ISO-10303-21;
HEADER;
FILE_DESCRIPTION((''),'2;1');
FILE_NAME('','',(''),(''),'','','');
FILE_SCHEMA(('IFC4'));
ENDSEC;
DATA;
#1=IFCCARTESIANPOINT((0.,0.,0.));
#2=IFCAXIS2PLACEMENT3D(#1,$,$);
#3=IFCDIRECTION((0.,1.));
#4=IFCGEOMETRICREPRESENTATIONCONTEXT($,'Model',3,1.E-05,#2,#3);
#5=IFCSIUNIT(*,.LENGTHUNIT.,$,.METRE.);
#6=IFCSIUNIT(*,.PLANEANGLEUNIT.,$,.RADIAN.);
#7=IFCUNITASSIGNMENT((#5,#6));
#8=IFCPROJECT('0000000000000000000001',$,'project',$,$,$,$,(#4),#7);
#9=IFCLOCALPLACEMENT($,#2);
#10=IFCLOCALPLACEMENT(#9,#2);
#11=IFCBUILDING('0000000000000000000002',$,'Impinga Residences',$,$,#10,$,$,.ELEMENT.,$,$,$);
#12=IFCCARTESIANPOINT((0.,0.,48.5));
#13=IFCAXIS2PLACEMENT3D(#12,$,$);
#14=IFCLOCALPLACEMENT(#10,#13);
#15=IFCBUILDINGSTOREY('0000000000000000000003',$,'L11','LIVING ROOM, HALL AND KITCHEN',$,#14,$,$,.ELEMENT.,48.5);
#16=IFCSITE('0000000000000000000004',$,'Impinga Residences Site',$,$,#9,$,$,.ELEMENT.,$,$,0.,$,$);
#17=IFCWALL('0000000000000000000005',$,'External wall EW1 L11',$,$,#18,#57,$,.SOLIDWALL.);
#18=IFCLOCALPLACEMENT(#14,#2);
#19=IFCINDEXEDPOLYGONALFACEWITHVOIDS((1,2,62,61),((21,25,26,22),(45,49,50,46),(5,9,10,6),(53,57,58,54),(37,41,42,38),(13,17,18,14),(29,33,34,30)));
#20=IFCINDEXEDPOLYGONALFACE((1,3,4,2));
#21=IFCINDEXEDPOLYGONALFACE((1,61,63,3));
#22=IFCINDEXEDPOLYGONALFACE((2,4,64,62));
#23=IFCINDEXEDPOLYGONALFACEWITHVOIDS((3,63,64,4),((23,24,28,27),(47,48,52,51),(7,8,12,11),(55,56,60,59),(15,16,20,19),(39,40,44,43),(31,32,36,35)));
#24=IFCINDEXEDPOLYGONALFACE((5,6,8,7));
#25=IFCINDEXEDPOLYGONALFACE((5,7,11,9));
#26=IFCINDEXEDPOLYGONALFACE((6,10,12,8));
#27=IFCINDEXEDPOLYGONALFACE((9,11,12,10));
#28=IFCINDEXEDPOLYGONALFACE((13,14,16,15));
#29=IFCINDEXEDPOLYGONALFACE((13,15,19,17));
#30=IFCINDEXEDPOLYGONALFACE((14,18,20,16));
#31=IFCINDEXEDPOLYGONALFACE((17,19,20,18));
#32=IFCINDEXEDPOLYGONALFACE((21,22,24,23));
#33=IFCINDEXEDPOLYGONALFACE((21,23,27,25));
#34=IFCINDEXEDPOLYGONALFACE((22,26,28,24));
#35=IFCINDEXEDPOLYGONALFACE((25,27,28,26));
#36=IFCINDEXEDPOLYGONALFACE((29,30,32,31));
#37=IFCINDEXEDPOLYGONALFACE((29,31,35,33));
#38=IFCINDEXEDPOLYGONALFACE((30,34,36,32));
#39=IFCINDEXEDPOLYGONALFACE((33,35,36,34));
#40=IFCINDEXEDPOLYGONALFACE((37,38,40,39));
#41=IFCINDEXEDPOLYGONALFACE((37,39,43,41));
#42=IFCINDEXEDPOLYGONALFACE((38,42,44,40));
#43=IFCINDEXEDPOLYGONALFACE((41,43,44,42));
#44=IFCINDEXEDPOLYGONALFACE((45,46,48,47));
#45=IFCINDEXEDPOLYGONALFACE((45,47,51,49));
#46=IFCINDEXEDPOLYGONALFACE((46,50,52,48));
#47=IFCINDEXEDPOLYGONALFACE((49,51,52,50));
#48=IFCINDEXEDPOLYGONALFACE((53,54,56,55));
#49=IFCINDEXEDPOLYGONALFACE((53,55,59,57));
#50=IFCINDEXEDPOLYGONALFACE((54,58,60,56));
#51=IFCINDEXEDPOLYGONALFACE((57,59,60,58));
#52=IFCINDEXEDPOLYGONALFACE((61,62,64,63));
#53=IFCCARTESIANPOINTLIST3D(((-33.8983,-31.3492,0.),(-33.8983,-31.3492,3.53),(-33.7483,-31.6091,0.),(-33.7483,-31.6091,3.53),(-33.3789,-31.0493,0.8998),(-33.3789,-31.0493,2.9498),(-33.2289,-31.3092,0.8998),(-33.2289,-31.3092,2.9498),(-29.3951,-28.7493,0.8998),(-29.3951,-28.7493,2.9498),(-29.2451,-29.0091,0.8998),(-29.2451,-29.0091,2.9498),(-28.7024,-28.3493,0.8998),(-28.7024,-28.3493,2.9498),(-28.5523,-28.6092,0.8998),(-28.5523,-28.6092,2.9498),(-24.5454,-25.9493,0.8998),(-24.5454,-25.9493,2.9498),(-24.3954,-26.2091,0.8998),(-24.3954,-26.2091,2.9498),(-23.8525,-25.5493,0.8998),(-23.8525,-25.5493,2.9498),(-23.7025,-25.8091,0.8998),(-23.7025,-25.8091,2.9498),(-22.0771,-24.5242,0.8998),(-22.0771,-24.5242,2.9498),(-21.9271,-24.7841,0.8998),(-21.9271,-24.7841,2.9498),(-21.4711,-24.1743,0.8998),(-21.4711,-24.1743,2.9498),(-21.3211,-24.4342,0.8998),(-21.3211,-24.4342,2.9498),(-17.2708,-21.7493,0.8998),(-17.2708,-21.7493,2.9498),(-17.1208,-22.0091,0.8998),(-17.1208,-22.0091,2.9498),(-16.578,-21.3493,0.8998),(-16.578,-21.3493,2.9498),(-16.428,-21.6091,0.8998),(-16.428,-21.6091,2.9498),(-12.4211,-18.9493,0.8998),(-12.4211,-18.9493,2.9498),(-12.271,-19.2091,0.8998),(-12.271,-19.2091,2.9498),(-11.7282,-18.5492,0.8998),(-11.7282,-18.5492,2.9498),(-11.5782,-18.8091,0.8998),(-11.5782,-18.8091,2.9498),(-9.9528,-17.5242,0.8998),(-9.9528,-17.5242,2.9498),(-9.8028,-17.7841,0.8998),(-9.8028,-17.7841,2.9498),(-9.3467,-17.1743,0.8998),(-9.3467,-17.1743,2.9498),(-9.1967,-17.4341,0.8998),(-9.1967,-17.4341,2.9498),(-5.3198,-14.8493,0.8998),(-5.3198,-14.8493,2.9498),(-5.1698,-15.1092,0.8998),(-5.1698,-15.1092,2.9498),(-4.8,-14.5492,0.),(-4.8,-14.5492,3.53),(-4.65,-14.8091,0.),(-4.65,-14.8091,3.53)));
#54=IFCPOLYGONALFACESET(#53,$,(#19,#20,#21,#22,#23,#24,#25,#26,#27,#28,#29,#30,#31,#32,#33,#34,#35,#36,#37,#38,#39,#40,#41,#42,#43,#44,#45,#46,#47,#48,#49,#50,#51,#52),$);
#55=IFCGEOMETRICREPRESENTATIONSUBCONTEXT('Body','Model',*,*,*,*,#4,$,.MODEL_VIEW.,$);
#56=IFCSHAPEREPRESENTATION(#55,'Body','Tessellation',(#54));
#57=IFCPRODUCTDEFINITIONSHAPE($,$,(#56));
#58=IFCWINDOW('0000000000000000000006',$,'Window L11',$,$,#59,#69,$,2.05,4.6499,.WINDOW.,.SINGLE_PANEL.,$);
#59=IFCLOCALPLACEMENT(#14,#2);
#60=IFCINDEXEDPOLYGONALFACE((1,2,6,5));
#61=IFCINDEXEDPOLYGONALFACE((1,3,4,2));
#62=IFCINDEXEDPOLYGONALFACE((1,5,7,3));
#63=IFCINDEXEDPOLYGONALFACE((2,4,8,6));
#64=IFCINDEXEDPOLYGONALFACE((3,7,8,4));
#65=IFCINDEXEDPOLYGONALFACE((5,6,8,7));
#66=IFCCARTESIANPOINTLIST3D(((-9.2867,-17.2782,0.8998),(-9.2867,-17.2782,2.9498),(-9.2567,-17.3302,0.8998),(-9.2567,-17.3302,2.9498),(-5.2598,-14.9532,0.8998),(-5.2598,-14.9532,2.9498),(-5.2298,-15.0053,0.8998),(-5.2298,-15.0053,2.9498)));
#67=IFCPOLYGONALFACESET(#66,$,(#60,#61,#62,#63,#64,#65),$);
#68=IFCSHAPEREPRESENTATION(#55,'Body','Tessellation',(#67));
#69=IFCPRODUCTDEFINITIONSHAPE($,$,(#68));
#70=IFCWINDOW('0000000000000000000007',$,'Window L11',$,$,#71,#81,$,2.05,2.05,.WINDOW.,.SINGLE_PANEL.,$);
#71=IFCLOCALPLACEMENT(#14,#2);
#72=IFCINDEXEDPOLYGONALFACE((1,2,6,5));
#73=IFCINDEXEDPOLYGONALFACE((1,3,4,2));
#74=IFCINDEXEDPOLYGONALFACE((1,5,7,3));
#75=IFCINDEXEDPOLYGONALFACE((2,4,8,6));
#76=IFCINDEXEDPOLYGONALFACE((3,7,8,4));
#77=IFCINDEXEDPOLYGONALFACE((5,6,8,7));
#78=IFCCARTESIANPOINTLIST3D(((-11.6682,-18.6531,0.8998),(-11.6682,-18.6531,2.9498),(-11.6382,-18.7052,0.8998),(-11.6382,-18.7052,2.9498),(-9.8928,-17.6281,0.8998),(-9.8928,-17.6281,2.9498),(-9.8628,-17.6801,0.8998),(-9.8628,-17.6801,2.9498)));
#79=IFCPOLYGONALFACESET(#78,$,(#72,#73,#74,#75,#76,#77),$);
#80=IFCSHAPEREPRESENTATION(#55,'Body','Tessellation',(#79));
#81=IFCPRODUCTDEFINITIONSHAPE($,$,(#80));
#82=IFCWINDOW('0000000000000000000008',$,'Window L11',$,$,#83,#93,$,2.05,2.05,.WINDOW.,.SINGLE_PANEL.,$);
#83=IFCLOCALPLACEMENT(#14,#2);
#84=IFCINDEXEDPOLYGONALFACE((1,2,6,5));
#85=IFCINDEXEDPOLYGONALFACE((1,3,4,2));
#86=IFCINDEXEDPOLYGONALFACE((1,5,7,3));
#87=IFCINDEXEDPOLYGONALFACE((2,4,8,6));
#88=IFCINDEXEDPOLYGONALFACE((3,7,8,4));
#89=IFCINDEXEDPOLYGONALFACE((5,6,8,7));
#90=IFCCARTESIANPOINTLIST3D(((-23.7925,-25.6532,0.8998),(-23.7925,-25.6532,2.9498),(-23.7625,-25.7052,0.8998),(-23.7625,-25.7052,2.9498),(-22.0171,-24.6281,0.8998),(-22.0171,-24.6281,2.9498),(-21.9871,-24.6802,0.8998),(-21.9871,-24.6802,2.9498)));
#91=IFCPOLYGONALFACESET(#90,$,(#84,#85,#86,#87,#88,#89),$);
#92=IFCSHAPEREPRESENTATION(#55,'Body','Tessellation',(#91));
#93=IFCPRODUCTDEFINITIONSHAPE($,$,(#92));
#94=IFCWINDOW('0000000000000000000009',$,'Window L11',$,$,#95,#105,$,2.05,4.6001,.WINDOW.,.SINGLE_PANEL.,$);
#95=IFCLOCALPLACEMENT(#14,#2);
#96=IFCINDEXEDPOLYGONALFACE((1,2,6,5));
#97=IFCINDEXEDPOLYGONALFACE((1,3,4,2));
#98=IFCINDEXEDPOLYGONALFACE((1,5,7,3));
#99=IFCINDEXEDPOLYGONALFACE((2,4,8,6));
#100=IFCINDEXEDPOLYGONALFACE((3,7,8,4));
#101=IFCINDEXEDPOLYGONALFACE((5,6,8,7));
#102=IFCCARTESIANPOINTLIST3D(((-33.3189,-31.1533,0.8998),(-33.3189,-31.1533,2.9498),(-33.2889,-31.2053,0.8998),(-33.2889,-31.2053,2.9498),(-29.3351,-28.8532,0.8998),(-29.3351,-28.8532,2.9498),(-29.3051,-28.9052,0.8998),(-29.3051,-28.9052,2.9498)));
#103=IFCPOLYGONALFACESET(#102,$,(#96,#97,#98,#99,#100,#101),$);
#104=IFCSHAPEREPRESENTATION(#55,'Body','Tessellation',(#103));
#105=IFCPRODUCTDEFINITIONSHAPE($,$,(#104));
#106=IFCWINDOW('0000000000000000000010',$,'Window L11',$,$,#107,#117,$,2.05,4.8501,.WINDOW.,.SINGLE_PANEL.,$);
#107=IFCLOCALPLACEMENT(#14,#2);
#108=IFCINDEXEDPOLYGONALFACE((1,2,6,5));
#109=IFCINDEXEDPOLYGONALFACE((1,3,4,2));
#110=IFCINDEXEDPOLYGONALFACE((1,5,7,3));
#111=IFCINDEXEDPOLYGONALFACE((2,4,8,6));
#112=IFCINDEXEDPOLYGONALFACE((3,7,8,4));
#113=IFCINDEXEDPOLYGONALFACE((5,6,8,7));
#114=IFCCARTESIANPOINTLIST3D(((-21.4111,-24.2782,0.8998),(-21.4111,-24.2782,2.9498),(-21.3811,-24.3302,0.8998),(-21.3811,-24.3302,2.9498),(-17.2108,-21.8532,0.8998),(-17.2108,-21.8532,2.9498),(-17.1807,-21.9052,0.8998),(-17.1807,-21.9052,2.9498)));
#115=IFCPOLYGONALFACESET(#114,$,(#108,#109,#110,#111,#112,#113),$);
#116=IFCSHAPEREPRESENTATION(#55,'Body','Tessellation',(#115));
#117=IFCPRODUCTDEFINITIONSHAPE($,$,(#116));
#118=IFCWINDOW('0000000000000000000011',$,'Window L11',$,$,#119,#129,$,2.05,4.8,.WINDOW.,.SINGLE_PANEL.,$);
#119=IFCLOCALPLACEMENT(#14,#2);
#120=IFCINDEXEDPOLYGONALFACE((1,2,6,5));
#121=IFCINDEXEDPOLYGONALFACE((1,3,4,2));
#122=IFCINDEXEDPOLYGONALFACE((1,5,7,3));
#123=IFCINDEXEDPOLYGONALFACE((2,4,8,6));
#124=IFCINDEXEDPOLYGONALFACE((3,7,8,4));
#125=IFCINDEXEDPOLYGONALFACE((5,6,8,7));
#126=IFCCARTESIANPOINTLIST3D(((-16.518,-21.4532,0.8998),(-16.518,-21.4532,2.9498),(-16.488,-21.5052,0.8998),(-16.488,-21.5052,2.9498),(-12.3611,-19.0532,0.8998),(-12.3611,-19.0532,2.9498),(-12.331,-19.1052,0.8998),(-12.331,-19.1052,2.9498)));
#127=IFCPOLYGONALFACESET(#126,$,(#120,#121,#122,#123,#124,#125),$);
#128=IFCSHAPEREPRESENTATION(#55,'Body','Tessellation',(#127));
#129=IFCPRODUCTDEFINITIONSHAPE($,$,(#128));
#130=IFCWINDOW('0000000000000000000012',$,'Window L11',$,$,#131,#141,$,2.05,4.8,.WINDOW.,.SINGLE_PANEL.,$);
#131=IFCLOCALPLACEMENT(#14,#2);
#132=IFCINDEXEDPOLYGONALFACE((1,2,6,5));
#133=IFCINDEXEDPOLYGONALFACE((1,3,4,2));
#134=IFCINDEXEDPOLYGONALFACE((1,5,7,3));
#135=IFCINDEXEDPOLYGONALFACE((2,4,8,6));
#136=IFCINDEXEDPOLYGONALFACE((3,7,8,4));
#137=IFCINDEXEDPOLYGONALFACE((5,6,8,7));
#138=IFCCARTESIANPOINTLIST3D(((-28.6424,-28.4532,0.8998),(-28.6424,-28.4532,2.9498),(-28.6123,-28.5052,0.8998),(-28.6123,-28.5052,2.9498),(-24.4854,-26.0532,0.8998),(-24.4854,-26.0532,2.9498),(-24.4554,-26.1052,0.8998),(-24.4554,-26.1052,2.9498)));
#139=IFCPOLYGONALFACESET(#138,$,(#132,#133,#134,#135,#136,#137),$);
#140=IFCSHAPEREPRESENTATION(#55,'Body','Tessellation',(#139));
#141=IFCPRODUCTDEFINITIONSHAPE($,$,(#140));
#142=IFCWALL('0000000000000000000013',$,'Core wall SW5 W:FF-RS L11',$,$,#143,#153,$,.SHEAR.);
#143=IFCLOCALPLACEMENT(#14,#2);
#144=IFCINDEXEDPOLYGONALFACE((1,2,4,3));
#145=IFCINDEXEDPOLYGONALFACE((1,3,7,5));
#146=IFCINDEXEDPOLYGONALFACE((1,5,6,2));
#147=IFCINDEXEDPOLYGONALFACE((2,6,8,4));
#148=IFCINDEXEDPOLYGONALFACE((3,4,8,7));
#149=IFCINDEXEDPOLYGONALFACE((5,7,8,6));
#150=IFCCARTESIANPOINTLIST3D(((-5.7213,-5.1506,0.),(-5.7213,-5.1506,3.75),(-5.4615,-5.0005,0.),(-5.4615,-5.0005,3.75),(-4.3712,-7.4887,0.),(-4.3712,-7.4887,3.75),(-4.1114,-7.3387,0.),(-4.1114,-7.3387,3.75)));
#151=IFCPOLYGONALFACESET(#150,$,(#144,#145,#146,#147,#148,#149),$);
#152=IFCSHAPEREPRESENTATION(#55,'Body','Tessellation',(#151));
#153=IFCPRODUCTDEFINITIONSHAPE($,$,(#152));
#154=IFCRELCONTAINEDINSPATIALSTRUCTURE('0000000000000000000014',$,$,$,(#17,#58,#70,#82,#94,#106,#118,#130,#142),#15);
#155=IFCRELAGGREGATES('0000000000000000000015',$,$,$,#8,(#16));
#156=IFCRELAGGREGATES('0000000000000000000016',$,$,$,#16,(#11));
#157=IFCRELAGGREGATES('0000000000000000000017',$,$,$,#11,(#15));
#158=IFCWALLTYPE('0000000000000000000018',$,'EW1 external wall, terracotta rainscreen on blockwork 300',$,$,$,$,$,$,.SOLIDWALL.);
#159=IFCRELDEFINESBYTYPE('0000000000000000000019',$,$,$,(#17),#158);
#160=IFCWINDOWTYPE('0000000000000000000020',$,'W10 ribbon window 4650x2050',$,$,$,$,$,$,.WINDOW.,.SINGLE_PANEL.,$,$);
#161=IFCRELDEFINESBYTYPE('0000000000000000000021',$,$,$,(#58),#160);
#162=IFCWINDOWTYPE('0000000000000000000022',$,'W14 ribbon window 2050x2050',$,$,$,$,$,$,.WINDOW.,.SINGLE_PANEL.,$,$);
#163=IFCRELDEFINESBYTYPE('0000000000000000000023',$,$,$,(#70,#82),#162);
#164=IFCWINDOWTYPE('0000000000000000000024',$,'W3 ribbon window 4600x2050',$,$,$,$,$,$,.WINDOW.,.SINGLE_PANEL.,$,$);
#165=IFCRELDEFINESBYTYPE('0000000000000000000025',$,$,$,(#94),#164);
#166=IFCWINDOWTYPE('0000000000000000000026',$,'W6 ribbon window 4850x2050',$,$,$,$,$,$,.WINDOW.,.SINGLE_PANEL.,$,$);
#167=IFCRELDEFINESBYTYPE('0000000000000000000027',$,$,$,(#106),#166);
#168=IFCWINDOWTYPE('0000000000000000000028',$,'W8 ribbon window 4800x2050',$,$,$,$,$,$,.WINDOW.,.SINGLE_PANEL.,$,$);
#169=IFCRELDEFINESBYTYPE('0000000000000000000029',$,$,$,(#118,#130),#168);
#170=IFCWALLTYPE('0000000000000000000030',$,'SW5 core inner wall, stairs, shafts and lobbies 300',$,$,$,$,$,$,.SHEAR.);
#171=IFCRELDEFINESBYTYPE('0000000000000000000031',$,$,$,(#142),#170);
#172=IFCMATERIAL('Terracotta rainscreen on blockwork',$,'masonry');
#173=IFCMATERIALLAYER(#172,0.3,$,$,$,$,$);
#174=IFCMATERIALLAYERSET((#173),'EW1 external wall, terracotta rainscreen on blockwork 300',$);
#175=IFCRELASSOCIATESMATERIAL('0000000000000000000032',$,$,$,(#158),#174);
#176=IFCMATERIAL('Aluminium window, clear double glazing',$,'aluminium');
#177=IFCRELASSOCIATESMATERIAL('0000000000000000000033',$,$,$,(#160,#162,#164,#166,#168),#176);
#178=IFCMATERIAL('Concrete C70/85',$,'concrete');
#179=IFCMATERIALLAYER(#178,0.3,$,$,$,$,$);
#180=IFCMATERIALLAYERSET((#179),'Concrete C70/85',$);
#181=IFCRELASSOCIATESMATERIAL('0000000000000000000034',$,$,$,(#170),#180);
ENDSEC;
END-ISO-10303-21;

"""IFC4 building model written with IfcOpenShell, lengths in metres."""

from ifc_helpers import new_model, si_unit, direction, frame, frame_2d, origin, place, context, subcontext, project, spatial, rectangle, extrude, material, layer, layer_set, type_object, element, fill, save


model = new_model("IFC4")

# Units and contexts
model_context = context("Model", 3, precision=1e-05, world=origin(), true_north=direction((0.0, 1.0)))
body_context = subcontext(model_context, "Body", "Model", "MODEL_VIEW")
ifc_project = project(units=[si_unit("LENGTHUNIT", "METRE"), si_unit("PLANEANGLEUNIT", "RADIAN")], contexts=[model_context])

# Site, building, storey
site_placement = place(None, origin())
site = spatial("IfcSite", under=ifc_project, at=site_placement, Name="Impinga Residences Site", CompositionType="ELEMENT", RefElevation=0.0)
building_placement = place(site_placement, origin())
building = spatial("IfcBuilding", under=site, at=building_placement, Name="Impinga Residences", CompositionType="ELEMENT")
storey_placement = place(building_placement, frame((0.0, 0.0, 48.5)))
storey = spatial("IfcBuildingStorey", under=building, at=storey_placement, Name="L11", Description="LIVING ROOM, HALL AND KITCHEN", CompositionType="ELEMENT", Elevation=48.5)

# Shared definitions
ifc_material_1 = material(Name="Concrete C70/85", Category="concrete")

# Shared definitions
ifc_material_2 = material(Name="Terracotta rainscreen on blockwork", Category="masonry")
ifc_layer_1 = layer(ifc_material_2, 0.3)
ifc_layer_set_1 = layer_set([ifc_layer_1], Name="EW1 external wall, terracotta rainscreen on blockwork 300")
wall_type_1 = type_object("IfcWallType", Name="EW1 external wall, terracotta rainscreen on blockwork 300", PredefinedType="SOLIDWALL", material=ifc_layer_set_1)

# Wall, openings, windows
wall_1_placement = place(storey_placement, frame((-4.7251, -14.6792, 0.0), z_axis=(0.0, 0.0, 1.0), x_axis=(-0.866024, -0.500002, 0.0)))
wall_1 = element("IfcWall", 1, at=wall_1_placement, inside=storey, type_object=wall_type_1, Name="External wall EW1 L11", PredefinedType="SOLIDWALL", context=body_context, shape_type="SweptSolid", body=[
    extrude(rectangle(XDim=33.5999, YDim=0.3, at=frame_2d((16.7998, 0.0))), origin(), (0.0, 0.0, 1.0), 3.53),
])
opening_1_placement = place(wall_1_placement, frame((0.6001, 0.0, 0.8999)))
opening_1 = element("IfcOpeningElement", 2, at=opening_1_placement, cuts=wall_1, PredefinedType="OPENING", context=body_context, shape_type="SweptSolid", body=[
    extrude(rectangle(XDim=4.6499, YDim=2.05, at=frame_2d((2.325, 1.0249))), frame((0.0, 0.1599, 0.0), z_axis=(0.0, -1.0, 0.0), x_axis=(1.0, 0.0, 0.0)), (0.0, 0.0, 1.0), 0.3201),
])
opening_2_placement = place(wall_1_placement, frame((5.95, 0.0, 0.8999)))
opening_2 = element("IfcOpeningElement", 3, at=opening_2_placement, cuts=wall_1, PredefinedType="OPENING", context=body_context, shape_type="SweptSolid", body=[
    extrude(rectangle(XDim=2.05, YDim=2.05, at=frame_2d((1.0249, 1.0249))), frame((0.0, 0.1599, 0.0), z_axis=(0.0, -1.0, 0.0), x_axis=(1.0, 0.0, 0.0)), (0.0, 0.0, 1.0), 0.3201),
])
opening_3_placement = place(wall_1_placement, frame((8.8, 0.0, 0.8999)))
opening_3 = element("IfcOpeningElement", 4, at=opening_3_placement, cuts=wall_1, PredefinedType="OPENING", context=body_context, shape_type="SweptSolid", body=[
    extrude(rectangle(XDim=4.8, YDim=2.05, at=frame_2d((2.3999, 1.0249))), frame((0.0, 0.1599, 0.0), z_axis=(0.0, -1.0, 0.0), x_axis=(1.0, 0.0, 0.0)), (0.0, 0.0, 1.0), 0.3201),
])
opening_4_placement = place(wall_1_placement, frame((14.3999, 0.0, 0.8999)))
opening_4 = element("IfcOpeningElement", 5, at=opening_4_placement, cuts=wall_1, PredefinedType="OPENING", context=body_context, shape_type="SweptSolid", body=[
    extrude(rectangle(XDim=4.8501, YDim=2.05, at=frame_2d((2.425, 1.0249))), frame((0.0, 0.1599, 0.0), z_axis=(0.0, -1.0, 0.0), x_axis=(1.0, 0.0, 0.0)), (0.0, 0.0, 1.0), 0.3201),
])
opening_5_placement = place(wall_1_placement, frame((19.95, 0.0, 0.8999)))
opening_5 = element("IfcOpeningElement", 6, at=opening_5_placement, cuts=wall_1, PredefinedType="OPENING", context=body_context, shape_type="SweptSolid", body=[
    extrude(rectangle(XDim=2.05, YDim=2.05, at=frame_2d((1.0249, 1.0249))), frame((0.0, 0.1599, 0.0), z_axis=(0.0, -1.0, 0.0), x_axis=(1.0, 0.0, 0.0)), (0.0, 0.0, 1.0), 0.3201),
])
opening_6_placement = place(wall_1_placement, frame((22.8, 0.0, 0.8999)))
opening_6 = element("IfcOpeningElement", 7, at=opening_6_placement, cuts=wall_1, PredefinedType="OPENING", context=body_context, shape_type="SweptSolid", body=[
    extrude(rectangle(XDim=4.8, YDim=2.05, at=frame_2d((2.3999, 1.0249))), frame((0.0, 0.1599, 0.0), z_axis=(0.0, -1.0, 0.0), x_axis=(1.0, 0.0, 0.0)), (0.0, 0.0, 1.0), 0.3201),
])
opening_7_placement = place(wall_1_placement, frame((28.3999, 0.0, 0.8999)))
opening_7 = element("IfcOpeningElement", 8, at=opening_7_placement, cuts=wall_1, PredefinedType="OPENING", context=body_context, shape_type="SweptSolid", body=[
    extrude(rectangle(XDim=4.6001, YDim=2.05, at=frame_2d((2.3, 1.0249))), frame((0.0, 0.1599, 0.0), z_axis=(0.0, -1.0, 0.0), x_axis=(1.0, 0.0, 0.0)), (0.0, 0.0, 1.0), 0.3201),
])
ifc_material_3 = material(Name="Aluminium window, clear double glazing", Category="aluminium")
window_type_1 = type_object("IfcWindowType", Name="W10 ribbon window 4650x2050", PartitioningType="SINGLE_PANEL", PredefinedType="WINDOW", material=ifc_material_3)
window_1_placement = place(opening_1_placement, origin())
window_1 = element("IfcWindow", 9, at=window_1_placement, inside=storey, type_object=window_type_1, Name="Window L11", OverallHeight=2.05, OverallWidth=4.6499, PartitioningType="SINGLE_PANEL", PredefinedType="WINDOW", context=body_context, shape_type="SweptSolid", body=[
    extrude(rectangle(XDim=4.6499, YDim=2.05, at=frame_2d((2.325, 1.0249))), frame((0.0, 0.03, 0.0), z_axis=(0.0, -1.0, 0.0), x_axis=(1.0, 0.0, 0.0)), (0.0, 0.0, 1.0), 0.0601),
])
fill(opening_1, window_1)
window_type_2 = type_object("IfcWindowType", Name="W14 ribbon window 2050x2050", PartitioningType="SINGLE_PANEL", PredefinedType="WINDOW", material=ifc_material_3)
window_2_placement = place(opening_2_placement, origin())
window_2 = element("IfcWindow", 10, at=window_2_placement, inside=storey, type_object=window_type_2, Name="Window L11", OverallHeight=2.05, OverallWidth=2.05, PartitioningType="SINGLE_PANEL", PredefinedType="WINDOW", context=body_context, shape_type="SweptSolid", body=[
    extrude(rectangle(XDim=2.05, YDim=2.05, at=frame_2d((1.0249, 1.0249))), frame((0.0, 0.03, 0.0), z_axis=(0.0, -1.0, 0.0), x_axis=(1.0, 0.0, 0.0)), (0.0, 0.0, 1.0), 0.0601),
])
fill(opening_2, window_2)
window_3_placement = place(opening_5_placement, origin())
window_3 = element("IfcWindow", 11, at=window_3_placement, inside=storey, type_object=window_type_2, Name="Window L11", OverallHeight=2.05, OverallWidth=2.05, PartitioningType="SINGLE_PANEL", PredefinedType="WINDOW", context=body_context, shape_type="SweptSolid", body=[
    extrude(rectangle(XDim=2.05, YDim=2.05, at=frame_2d((1.0249, 1.0249))), frame((0.0, 0.03, 0.0), z_axis=(0.0, -1.0, 0.0), x_axis=(1.0, 0.0, 0.0)), (0.0, 0.0, 1.0), 0.0601),
])
fill(opening_5, window_3)
window_type_3 = type_object("IfcWindowType", Name="W3 ribbon window 4600x2050", PartitioningType="SINGLE_PANEL", PredefinedType="WINDOW", material=ifc_material_3)
window_4_placement = place(opening_7_placement, origin())
window_4 = element("IfcWindow", 12, at=window_4_placement, inside=storey, type_object=window_type_3, Name="Window L11", OverallHeight=2.05, OverallWidth=4.6001, PartitioningType="SINGLE_PANEL", PredefinedType="WINDOW", context=body_context, shape_type="SweptSolid", body=[
    extrude(rectangle(XDim=4.6001, YDim=2.05, at=frame_2d((2.3, 1.0249))), frame((0.0, 0.03, 0.0), z_axis=(0.0, -1.0, 0.0), x_axis=(1.0, 0.0, 0.0)), (0.0, 0.0, 1.0), 0.0601),
])
fill(opening_7, window_4)
window_type_4 = type_object("IfcWindowType", Name="W6 ribbon window 4850x2050", PartitioningType="SINGLE_PANEL", PredefinedType="WINDOW", material=ifc_material_3)
window_5_placement = place(opening_4_placement, origin())
window_5 = element("IfcWindow", 13, at=window_5_placement, inside=storey, type_object=window_type_4, Name="Window L11", OverallHeight=2.05, OverallWidth=4.8501, PartitioningType="SINGLE_PANEL", PredefinedType="WINDOW", context=body_context, shape_type="SweptSolid", body=[
    extrude(rectangle(XDim=4.8501, YDim=2.05, at=frame_2d((2.425, 1.0249))), frame((0.0, 0.03, 0.0), z_axis=(0.0, -1.0, 0.0), x_axis=(1.0, 0.0, 0.0)), (0.0, 0.0, 1.0), 0.0601),
])
fill(opening_4, window_5)
window_type_5 = type_object("IfcWindowType", Name="W8 ribbon window 4800x2050", PartitioningType="SINGLE_PANEL", PredefinedType="WINDOW", material=ifc_material_3)
window_6_placement = place(opening_3_placement, origin())
window_6 = element("IfcWindow", 14, at=window_6_placement, inside=storey, type_object=window_type_5, Name="Window L11", OverallHeight=2.05, OverallWidth=4.8, PartitioningType="SINGLE_PANEL", PredefinedType="WINDOW", context=body_context, shape_type="SweptSolid", body=[
    extrude(rectangle(XDim=4.8, YDim=2.05, at=frame_2d((2.3999, 1.0249))), frame((0.0, 0.03, 0.0), z_axis=(0.0, -1.0, 0.0), x_axis=(1.0, 0.0, 0.0)), (0.0, 0.0, 1.0), 0.0601),
])
fill(opening_3, window_6)
window_7_placement = place(opening_6_placement, origin())
window_7 = element("IfcWindow", 15, at=window_7_placement, inside=storey, type_object=window_type_5, Name="Window L11", OverallHeight=2.05, OverallWidth=4.8, PartitioningType="SINGLE_PANEL", PredefinedType="WINDOW", context=body_context, shape_type="SweptSolid", body=[
    extrude(rectangle(XDim=4.8, YDim=2.05, at=frame_2d((2.3999, 1.0249))), frame((0.0, 0.03, 0.0), z_axis=(0.0, -1.0, 0.0), x_axis=(1.0, 0.0, 0.0)), (0.0, 0.0, 1.0), 0.0601),
])
fill(opening_6, window_7)

# Wall
ifc_layer_2 = layer(ifc_material_1, 0.3)
ifc_layer_set_2 = layer_set([ifc_layer_2], Name="Concrete C70/85")
wall_type_2 = type_object("IfcWallType", Name="SW5 core inner wall, stairs, shafts and lobbies 300", PredefinedType="SHEAR", material=ifc_layer_set_2)
wall_2_placement = place(storey_placement, frame((-4.2412, -7.4138, 0.0), z_axis=(0.0, 0.0, 1.0), x_axis=(-0.500049, 0.865997, 0.0)))
element("IfcWall", 16, at=wall_2_placement, inside=storey, type_object=wall_type_2, Name="Core wall SW5 W:FF-RS L11", PredefinedType="SHEAR", context=body_context, shape_type="SweptSolid", body=[
    extrude(rectangle(XDim=2.7, YDim=0.3, at=frame_2d((1.3501, 0.0))), origin(), (0.0, 0.0, 1.0), 3.75),
])

save(model, "model.ifc")
